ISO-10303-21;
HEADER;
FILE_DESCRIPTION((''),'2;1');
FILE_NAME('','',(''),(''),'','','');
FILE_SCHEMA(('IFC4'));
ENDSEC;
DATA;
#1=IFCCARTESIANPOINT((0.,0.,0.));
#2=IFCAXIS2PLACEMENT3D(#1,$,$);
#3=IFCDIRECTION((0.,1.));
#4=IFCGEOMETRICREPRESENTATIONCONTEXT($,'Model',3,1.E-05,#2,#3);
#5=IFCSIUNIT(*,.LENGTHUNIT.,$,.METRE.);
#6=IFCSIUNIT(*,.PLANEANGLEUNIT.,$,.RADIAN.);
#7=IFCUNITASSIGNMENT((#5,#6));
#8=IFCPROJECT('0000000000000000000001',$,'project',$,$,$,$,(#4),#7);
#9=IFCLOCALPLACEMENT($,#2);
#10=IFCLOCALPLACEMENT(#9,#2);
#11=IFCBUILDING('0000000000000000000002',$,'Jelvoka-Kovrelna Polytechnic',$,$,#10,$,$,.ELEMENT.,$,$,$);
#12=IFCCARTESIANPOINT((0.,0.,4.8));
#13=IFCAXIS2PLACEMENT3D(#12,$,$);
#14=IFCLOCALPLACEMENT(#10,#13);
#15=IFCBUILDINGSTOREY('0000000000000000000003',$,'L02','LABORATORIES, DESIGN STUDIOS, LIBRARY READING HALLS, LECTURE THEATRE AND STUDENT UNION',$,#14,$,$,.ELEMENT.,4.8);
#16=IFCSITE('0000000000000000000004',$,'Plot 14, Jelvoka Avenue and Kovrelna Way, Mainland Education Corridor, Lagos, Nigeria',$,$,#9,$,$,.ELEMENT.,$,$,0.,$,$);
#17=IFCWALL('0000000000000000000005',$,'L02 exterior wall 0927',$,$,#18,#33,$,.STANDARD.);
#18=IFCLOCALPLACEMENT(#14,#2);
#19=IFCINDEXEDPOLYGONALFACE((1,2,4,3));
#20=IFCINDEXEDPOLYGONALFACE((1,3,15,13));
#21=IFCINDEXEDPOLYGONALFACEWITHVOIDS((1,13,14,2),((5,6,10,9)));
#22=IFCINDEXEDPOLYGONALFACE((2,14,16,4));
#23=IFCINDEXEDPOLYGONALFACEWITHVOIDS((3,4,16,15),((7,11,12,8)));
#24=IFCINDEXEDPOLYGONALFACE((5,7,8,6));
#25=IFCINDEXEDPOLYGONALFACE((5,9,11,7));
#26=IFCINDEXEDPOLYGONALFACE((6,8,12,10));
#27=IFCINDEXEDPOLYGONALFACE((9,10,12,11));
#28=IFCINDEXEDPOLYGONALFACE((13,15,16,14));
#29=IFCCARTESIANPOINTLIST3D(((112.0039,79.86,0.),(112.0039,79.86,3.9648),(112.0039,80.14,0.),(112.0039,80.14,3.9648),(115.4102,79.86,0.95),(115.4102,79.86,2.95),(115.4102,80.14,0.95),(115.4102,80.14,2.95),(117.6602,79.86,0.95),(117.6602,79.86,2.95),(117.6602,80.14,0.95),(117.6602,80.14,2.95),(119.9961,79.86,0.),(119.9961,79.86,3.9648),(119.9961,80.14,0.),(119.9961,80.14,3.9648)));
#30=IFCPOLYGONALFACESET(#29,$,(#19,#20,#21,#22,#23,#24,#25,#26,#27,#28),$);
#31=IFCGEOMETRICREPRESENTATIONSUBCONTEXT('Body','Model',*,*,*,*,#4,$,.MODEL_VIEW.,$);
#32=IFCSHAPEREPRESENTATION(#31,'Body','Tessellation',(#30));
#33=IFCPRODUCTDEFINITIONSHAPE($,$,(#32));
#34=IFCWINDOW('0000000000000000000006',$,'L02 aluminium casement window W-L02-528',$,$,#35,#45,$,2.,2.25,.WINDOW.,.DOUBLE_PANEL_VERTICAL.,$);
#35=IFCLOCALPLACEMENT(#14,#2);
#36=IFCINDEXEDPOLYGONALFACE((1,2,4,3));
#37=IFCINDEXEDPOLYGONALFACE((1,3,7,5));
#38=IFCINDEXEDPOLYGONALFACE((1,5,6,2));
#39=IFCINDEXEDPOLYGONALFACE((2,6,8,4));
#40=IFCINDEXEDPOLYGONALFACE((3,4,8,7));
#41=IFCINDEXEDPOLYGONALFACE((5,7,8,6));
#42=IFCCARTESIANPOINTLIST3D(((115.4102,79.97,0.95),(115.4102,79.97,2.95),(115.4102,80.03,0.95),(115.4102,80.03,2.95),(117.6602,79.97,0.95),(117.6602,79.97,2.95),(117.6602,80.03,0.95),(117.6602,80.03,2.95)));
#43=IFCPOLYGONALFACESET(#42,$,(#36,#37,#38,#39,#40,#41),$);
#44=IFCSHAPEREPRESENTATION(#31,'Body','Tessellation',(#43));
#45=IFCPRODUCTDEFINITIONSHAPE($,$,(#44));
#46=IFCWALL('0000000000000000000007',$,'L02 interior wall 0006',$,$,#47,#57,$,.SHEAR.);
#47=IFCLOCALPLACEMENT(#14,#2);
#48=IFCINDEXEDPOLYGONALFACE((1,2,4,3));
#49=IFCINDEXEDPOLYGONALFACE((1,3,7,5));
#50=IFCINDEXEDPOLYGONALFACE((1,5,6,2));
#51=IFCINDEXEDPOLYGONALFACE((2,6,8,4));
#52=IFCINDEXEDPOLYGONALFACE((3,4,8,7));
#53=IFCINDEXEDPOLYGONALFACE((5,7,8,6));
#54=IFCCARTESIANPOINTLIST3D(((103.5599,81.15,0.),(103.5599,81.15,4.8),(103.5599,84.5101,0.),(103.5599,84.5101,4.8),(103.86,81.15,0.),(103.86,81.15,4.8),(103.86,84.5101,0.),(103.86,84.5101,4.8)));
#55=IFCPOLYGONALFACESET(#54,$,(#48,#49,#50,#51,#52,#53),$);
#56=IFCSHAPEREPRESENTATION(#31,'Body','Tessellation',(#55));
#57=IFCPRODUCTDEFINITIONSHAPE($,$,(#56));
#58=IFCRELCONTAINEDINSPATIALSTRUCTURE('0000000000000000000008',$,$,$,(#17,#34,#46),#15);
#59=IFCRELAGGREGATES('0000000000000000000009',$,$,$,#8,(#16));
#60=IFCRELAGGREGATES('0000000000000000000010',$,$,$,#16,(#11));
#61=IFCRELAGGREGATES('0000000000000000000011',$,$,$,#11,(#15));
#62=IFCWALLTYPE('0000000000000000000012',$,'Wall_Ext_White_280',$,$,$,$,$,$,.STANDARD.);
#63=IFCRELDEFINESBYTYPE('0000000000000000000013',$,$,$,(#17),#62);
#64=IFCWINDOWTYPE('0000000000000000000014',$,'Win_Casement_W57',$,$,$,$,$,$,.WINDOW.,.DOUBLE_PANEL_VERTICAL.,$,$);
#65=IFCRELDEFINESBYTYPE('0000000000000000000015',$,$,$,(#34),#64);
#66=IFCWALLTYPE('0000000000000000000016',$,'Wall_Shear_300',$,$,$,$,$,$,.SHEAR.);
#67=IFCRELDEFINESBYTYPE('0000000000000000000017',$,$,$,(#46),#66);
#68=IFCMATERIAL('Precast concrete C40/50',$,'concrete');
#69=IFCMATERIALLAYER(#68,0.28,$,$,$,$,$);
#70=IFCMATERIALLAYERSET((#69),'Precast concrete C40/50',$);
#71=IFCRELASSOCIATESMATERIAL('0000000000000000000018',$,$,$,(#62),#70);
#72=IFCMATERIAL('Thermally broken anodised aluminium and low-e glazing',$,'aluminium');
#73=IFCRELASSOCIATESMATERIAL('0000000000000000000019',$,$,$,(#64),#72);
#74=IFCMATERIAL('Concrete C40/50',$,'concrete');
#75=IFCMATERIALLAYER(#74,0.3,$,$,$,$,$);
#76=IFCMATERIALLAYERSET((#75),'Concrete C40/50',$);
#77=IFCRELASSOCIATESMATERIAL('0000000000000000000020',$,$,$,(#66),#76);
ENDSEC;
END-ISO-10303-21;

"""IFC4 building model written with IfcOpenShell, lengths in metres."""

from ifc_helpers import new_model, si_unit, direction, frame, frame_2d, origin, place, context, subcontext, project, spatial, rectangle, extrude, material, layer, layer_set, type_object, element, fill, save


model = new_model("IFC4")

# Units and contexts
model_context = context("Model", 3, precision=1e-05, world=origin(), true_north=direction((0.0, 1.0)))
body_context = subcontext(model_context, "Body", "Model", "MODEL_VIEW")
ifc_project = project(units=[si_unit("LENGTHUNIT", "METRE"), si_unit("PLANEANGLEUNIT", "RADIAN")], contexts=[model_context])

# Site, building, storey
site_placement = place(None, origin())
site = spatial("IfcSite", under=ifc_project, at=site_placement, Name="Plot 14, Jelvoka Avenue and Kovrelna Way, Mainland Education Corridor, Lagos, Nigeria", CompositionType="ELEMENT", RefElevation=0.0)
building_placement = place(site_placement, origin())
building = spatial("IfcBuilding", under=site, at=building_placement, Name="Jelvoka-Kovrelna Polytechnic", CompositionType="ELEMENT")
storey_placement = place(building_placement, frame((0.0, 0.0, 4.8)))
storey = spatial("IfcBuildingStorey", under=building, at=storey_placement, Name="L02", Description="LABORATORIES, DESIGN STUDIOS, LIBRARY READING HALLS, LECTURE THEATRE AND STUDENT UNION", CompositionType="ELEMENT", Elevation=4.8)

# Wall, opening, window
ifc_material_1 = material(Name="Precast concrete C40/50", Category="concrete")
ifc_layer_1 = layer(ifc_material_1, 0.28)
ifc_layer_set_1 = layer_set([ifc_layer_1], Name="Precast concrete C40/50")
wall_type_1 = type_object("IfcWallType", Name="Wall_Ext_White_280", PredefinedType="STANDARD", material=ifc_layer_set_1)
ifc_material_2 = material(Name="Thermally broken anodised aluminium and low-e glazing", Category="aluminium")
window_type = type_object("IfcWindowType", Name="Win_Casement_W57", PartitioningType="DOUBLE_PANEL_VERTICAL", PredefinedType="WINDOW", material=ifc_material_2)
wall_1_placement = place(storey_placement, frame((119.9961, 80.0, 0.0), z_axis=(0.0, 0.0, 1.0), x_axis=(-1.0, 0.0, 0.0)))
wall_1 = element("IfcWall", 1, at=wall_1_placement, inside=storey, type_object=wall_type_1, Name="L02 exterior wall 0927", PredefinedType="STANDARD", context=body_context, shape_type="SweptSolid", body=[
    extrude(rectangle(XDim=7.9922, YDim=0.28, at=frame_2d((3.9961, 0.0))), origin(), (0.0, 0.0, 1.0), 3.9648),
])
opening_1_placement = place(wall_1_placement, frame((2.3359, 0.0, 0.95)))
opening_1 = element("IfcOpeningElement", 2, at=opening_1_placement, cuts=wall_1, PredefinedType="OPENING", context=body_context, shape_type="SweptSolid", body=[
    extrude(rectangle(XDim=2.25, YDim=2.0, at=frame_2d((1.125, 1.0))), frame((0.0, 0.1501, 0.0), z_axis=(0.0, -1.0, 0.0), x_axis=(1.0, 0.0, 0.0)), (0.0, 0.0, 1.0), 0.3),
])
window_1_placement = place(opening_1_placement, origin())
window_1 = element("IfcWindow", 3, at=window_1_placement, inside=storey, type_object=window_type, Name="L02 aluminium casement window W-L02-528", OverallHeight=2.0, OverallWidth=2.25, PartitioningType="DOUBLE_PANEL_VERTICAL", PredefinedType="WINDOW", context=body_context, shape_type="SweptSolid", body=[
    extrude(rectangle(XDim=2.25, YDim=2.0, at=frame_2d((1.125, 1.0))), frame((0.0, 0.03, 0.0), z_axis=(0.0, -1.0, 0.0), x_axis=(1.0, 0.0, 0.0)), (0.0, 0.0, 1.0), 0.0601),
])
fill(opening_1, window_1)

# Wall
ifc_material_3 = material(Name="Concrete C40/50", Category="concrete")
ifc_layer_2 = layer(ifc_material_3, 0.3)
ifc_layer_set_2 = layer_set([ifc_layer_2], Name="Concrete C40/50")
wall_type_2 = type_object("IfcWallType", Name="Wall_Shear_300", PredefinedType="SHEAR", material=ifc_layer_set_2)
wall_2_placement = place(storey_placement, frame((103.71, 81.1499, 0.0), z_axis=(0.0, 0.0, 1.0), x_axis=(0.0, 1.0, 0.0)))
element("IfcWall", 4, at=wall_2_placement, inside=storey, type_object=wall_type_2, Name="L02 interior wall 0006", PredefinedType="SHEAR", context=body_context, shape_type="SweptSolid", body=[
    extrude(rectangle(XDim=3.3601, YDim=0.3, at=frame_2d((1.6802, 0.0))), origin(), (0.0, 0.0, 1.0), 4.8),
])

save(model, "model.ifc")
